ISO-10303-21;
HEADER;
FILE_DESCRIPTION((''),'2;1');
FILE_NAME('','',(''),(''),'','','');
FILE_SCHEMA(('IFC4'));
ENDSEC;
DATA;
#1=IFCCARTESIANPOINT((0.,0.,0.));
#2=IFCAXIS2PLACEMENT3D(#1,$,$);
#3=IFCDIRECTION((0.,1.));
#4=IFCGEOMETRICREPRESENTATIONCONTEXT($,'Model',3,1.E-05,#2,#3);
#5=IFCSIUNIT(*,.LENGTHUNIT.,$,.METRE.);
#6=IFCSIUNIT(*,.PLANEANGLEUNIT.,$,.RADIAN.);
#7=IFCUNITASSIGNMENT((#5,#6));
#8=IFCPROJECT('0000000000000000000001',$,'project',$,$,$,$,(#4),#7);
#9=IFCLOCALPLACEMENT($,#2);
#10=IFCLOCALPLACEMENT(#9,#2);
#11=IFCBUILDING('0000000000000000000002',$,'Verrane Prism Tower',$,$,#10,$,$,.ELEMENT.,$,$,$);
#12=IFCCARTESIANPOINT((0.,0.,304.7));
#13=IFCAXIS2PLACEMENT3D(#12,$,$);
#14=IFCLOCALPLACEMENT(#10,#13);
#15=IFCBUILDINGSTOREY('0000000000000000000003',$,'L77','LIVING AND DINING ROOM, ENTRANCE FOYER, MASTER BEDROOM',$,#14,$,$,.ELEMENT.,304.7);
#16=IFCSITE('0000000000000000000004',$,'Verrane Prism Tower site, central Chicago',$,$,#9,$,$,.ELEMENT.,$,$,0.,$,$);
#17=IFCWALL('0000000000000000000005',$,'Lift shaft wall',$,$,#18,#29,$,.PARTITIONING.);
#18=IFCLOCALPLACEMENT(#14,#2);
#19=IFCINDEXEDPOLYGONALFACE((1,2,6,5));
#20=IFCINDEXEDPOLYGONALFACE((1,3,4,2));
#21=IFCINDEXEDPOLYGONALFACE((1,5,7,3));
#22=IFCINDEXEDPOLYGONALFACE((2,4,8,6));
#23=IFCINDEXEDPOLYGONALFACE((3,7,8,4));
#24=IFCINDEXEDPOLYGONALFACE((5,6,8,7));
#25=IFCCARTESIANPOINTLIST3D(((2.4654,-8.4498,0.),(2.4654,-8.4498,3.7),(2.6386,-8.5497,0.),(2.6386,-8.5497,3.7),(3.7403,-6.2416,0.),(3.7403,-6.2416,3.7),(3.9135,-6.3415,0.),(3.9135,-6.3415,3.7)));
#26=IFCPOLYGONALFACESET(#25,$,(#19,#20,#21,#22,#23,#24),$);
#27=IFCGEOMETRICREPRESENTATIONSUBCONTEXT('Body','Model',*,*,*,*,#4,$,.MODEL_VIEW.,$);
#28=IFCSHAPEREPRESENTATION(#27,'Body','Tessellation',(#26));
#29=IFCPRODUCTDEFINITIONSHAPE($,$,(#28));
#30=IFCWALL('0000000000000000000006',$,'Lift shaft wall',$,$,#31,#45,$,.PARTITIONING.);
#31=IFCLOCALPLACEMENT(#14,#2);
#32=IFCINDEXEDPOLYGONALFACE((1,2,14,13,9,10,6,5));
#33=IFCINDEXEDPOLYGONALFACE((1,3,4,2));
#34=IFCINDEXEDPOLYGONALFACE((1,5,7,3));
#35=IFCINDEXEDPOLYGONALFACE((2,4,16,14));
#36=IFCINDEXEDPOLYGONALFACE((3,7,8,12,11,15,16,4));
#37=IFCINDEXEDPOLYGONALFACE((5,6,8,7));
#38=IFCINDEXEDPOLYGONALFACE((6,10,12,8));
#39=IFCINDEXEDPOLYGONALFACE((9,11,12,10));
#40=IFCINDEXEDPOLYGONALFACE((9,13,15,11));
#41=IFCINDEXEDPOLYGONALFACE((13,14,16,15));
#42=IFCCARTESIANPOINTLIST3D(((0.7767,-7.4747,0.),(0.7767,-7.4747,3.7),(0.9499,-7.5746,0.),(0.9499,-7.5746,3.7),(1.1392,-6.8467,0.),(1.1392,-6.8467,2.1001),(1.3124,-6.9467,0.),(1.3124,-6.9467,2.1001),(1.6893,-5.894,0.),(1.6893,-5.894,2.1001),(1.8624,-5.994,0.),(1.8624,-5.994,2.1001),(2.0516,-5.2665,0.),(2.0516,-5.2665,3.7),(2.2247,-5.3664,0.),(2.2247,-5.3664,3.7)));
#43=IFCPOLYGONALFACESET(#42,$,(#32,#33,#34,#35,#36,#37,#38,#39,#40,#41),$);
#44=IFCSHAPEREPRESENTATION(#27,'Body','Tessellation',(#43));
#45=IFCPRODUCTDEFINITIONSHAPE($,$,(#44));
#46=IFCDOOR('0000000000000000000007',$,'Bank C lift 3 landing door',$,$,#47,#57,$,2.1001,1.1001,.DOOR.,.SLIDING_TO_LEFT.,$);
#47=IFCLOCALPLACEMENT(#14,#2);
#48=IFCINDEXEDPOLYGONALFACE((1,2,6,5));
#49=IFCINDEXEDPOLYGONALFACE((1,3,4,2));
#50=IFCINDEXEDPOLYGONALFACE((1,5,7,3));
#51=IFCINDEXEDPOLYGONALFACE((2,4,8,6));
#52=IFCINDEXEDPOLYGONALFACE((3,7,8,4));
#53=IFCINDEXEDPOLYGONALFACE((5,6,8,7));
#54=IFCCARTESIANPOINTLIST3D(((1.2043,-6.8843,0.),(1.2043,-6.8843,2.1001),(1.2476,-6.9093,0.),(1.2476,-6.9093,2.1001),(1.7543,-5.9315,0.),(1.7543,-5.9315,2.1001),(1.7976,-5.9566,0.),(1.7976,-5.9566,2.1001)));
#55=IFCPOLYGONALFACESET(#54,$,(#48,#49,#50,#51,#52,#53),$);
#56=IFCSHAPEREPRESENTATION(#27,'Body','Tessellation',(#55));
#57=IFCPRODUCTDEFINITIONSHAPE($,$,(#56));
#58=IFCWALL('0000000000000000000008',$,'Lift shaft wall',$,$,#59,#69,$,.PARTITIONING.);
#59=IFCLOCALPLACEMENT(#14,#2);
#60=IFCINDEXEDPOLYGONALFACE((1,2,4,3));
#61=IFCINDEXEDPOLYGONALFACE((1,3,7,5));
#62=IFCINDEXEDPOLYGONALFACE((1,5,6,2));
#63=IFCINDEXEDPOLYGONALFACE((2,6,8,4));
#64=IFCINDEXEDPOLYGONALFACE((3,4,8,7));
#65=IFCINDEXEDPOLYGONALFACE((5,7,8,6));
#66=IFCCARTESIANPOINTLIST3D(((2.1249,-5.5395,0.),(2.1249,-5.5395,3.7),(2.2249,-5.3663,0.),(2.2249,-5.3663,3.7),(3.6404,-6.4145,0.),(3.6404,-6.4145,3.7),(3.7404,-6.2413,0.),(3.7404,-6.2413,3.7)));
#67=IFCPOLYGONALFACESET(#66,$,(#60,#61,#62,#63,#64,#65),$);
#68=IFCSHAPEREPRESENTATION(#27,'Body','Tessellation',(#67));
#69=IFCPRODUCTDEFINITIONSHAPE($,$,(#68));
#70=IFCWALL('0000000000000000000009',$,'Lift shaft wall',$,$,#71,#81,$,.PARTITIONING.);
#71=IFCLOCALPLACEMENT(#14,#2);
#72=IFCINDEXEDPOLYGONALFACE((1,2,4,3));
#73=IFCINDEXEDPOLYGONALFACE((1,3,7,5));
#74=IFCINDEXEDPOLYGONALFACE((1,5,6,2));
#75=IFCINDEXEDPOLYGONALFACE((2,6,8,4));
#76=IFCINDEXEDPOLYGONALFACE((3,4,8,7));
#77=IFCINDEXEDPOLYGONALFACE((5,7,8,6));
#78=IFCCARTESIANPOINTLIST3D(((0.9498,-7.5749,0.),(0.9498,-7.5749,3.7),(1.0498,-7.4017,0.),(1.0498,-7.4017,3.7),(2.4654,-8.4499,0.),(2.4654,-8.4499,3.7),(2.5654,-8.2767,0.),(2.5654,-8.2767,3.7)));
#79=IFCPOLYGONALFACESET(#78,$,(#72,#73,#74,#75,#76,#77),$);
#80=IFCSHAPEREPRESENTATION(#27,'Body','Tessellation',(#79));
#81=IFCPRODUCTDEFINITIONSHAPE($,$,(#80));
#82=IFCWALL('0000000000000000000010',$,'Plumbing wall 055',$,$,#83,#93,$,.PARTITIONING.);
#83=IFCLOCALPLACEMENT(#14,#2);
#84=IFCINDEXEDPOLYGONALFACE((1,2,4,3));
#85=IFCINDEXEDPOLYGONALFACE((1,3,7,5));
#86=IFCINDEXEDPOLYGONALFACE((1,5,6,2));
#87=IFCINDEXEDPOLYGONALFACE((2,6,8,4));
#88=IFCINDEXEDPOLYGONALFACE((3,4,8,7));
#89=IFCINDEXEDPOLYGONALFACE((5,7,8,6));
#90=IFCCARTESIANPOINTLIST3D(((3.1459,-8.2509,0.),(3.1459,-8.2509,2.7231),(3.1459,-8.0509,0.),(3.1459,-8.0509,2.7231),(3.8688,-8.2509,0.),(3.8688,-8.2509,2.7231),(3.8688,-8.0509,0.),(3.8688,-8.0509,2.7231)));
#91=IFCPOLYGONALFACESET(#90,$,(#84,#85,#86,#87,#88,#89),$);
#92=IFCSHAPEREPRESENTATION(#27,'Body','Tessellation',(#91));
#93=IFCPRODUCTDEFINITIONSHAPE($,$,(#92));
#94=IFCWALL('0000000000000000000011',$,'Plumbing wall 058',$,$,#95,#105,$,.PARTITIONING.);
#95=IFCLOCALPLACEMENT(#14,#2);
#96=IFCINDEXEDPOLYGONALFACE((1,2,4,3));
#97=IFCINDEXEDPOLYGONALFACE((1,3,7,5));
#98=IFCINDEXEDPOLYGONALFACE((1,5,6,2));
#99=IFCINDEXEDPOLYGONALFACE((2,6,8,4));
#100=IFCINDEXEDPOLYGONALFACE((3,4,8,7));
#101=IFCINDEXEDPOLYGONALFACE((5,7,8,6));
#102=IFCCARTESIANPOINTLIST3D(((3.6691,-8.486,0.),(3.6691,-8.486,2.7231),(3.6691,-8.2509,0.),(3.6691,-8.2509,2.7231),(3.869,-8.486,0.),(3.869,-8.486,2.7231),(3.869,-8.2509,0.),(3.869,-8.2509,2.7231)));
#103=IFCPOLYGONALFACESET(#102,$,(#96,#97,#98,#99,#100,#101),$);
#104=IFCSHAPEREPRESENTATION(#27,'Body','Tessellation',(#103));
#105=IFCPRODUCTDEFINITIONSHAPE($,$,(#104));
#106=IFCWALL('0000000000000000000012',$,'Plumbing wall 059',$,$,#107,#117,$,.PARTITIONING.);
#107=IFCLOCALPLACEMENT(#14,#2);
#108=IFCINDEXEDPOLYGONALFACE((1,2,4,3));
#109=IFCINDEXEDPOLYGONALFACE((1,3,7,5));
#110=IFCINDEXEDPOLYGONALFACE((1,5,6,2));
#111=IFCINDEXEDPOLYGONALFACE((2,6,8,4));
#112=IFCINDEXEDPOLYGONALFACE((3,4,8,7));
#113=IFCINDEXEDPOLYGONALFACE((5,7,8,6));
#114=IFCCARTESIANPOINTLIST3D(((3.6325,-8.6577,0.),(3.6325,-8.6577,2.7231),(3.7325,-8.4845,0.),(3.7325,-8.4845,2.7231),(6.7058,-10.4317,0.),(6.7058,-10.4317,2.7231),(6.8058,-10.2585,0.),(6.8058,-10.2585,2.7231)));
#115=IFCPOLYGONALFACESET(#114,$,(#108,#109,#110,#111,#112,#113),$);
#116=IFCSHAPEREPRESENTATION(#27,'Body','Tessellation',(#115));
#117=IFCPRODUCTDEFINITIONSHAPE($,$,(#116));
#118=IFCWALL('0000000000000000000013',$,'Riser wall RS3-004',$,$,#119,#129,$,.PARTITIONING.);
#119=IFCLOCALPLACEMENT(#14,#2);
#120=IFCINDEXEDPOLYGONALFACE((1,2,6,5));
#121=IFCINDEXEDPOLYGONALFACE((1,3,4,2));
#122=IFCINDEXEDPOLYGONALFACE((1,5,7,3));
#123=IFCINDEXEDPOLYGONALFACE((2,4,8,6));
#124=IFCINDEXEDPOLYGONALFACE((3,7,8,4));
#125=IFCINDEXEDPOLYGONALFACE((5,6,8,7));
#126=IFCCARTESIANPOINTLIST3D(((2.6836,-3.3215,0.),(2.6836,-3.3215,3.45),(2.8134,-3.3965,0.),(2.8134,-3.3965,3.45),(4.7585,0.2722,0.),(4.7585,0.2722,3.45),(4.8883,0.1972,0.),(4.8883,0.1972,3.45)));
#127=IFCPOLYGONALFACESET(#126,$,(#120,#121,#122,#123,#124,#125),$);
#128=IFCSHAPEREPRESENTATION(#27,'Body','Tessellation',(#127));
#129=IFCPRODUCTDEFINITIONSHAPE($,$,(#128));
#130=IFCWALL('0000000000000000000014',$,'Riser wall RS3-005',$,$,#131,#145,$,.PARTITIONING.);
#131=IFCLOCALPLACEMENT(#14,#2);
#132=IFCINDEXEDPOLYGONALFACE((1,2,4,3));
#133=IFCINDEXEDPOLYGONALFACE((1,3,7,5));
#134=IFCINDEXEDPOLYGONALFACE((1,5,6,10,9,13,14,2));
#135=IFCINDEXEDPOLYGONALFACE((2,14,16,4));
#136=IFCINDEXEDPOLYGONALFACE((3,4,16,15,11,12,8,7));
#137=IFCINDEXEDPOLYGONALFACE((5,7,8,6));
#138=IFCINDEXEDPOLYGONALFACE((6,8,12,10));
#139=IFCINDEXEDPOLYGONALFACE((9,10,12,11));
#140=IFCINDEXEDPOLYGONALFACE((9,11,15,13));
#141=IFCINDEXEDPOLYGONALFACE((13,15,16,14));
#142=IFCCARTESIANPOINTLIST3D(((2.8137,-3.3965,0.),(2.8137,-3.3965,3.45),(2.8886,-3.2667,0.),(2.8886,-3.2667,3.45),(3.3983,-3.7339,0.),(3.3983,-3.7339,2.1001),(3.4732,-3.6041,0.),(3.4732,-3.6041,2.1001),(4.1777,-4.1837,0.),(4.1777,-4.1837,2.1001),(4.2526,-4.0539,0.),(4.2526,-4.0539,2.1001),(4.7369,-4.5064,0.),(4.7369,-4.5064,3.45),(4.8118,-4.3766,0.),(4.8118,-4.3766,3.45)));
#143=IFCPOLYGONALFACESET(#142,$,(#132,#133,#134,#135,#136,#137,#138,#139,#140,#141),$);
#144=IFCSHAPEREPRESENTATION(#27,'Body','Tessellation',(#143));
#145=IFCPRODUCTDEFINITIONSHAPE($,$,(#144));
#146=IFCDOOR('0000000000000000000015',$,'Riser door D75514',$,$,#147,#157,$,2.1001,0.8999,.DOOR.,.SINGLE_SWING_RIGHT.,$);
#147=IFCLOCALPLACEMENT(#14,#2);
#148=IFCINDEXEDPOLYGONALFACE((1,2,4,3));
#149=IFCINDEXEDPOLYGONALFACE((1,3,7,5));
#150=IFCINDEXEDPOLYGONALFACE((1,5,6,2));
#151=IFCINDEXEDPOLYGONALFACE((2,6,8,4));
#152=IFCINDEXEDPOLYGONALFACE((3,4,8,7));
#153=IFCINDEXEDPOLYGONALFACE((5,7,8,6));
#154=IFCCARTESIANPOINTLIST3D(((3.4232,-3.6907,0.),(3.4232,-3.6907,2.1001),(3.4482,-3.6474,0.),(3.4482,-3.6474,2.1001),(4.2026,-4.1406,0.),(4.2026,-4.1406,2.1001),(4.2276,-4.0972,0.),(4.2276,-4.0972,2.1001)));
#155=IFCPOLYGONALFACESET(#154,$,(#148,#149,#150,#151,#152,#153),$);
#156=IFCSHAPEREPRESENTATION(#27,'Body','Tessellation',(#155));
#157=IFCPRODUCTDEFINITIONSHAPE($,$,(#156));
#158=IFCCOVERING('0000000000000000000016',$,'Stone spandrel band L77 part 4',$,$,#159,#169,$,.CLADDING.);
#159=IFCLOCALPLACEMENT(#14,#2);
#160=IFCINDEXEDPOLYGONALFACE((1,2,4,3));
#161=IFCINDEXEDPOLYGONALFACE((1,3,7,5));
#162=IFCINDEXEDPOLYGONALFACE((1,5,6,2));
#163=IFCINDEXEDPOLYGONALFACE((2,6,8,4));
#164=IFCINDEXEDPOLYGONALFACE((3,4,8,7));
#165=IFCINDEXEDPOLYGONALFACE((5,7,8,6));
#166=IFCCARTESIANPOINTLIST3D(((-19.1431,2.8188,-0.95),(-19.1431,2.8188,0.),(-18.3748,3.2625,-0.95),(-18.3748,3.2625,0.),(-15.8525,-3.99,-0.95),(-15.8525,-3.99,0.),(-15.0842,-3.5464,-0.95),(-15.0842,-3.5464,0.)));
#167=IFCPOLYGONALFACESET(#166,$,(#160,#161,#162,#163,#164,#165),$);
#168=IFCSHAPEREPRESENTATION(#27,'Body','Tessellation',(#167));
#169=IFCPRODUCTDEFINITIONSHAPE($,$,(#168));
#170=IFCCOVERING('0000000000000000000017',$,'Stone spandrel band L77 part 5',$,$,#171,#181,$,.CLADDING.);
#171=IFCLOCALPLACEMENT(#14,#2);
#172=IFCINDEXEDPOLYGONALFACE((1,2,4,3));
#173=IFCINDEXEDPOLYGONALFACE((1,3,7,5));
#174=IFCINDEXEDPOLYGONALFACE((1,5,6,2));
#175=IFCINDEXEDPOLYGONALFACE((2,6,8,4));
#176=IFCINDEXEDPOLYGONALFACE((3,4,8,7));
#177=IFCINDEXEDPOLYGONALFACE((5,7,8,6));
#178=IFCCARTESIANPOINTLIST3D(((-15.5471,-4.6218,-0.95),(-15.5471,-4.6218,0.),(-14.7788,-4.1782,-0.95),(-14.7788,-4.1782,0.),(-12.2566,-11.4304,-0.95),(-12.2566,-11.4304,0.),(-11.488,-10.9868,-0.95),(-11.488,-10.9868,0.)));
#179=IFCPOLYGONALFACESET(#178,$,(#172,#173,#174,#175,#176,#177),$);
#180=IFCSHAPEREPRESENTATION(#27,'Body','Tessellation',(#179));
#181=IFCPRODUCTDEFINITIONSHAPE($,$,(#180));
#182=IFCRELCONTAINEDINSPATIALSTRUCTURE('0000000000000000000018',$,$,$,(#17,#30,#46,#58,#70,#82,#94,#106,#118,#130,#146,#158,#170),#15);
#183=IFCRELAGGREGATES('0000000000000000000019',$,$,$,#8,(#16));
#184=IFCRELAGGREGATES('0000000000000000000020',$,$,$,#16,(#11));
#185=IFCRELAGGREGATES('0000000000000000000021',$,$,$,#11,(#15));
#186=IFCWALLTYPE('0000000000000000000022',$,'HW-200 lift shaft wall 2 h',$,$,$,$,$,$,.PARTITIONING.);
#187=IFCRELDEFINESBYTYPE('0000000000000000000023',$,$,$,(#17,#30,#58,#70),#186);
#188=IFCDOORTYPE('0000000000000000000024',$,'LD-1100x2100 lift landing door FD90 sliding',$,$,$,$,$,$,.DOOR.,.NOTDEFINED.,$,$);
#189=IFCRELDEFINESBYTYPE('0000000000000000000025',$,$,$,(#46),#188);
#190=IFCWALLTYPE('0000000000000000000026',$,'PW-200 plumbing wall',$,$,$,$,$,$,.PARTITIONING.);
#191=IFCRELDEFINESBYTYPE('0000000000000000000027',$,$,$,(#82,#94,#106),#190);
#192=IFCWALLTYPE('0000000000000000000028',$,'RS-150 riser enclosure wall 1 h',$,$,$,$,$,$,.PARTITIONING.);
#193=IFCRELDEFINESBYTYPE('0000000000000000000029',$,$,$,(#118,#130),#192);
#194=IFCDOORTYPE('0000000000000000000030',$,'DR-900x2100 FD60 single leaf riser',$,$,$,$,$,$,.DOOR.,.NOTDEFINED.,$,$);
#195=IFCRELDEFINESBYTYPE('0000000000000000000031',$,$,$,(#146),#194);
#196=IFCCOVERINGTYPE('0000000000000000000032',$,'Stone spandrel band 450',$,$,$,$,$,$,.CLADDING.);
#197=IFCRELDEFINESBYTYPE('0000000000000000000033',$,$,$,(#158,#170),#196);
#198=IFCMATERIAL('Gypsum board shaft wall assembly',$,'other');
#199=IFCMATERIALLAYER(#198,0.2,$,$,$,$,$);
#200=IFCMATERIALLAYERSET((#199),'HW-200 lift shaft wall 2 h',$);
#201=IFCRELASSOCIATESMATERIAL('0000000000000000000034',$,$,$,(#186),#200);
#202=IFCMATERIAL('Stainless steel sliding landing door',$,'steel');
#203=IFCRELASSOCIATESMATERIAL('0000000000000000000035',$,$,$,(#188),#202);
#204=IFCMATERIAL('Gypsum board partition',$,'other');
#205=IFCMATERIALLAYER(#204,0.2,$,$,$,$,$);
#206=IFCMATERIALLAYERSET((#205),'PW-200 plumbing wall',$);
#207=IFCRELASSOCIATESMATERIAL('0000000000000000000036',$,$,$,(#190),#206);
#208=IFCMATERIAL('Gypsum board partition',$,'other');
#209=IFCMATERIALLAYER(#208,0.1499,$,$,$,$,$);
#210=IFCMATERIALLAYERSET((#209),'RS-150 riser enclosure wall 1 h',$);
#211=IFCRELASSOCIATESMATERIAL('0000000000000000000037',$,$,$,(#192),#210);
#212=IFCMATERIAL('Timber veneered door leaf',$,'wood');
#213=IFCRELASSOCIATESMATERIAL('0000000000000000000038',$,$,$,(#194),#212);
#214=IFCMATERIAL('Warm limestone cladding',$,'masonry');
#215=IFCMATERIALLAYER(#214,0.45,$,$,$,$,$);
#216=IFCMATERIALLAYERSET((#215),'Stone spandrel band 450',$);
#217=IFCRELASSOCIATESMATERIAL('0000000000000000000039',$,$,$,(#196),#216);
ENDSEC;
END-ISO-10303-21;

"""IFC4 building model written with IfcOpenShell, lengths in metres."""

from ifc_helpers import new_model, si_unit, direction, frame, frame_2d, origin, place, context, subcontext, project, spatial, polyline, rectangle, outline, extrude, material, layer, layer_set, type_object, element, fill, save


model = new_model("IFC4")

# Units and contexts
model_context = context("Model", 3, precision=1e-05, world=origin(), true_north=direction((0.0, 1.0)))
body_context = subcontext(model_context, "Body", "Model", "MODEL_VIEW")
ifc_project = project(units=[si_unit("LENGTHUNIT", "METRE"), si_unit("PLANEANGLEUNIT", "RADIAN")], contexts=[model_context])

# Site, building, storey
site_placement = place(None, origin())
site = spatial("IfcSite", under=ifc_project, at=site_placement, Name="Verrane Prism Tower site, central Chicago", CompositionType="ELEMENT", RefElevation=0.0)
building_placement = place(site_placement, origin())
building = spatial("IfcBuilding", under=site, at=building_placement, Name="Verrane Prism Tower", CompositionType="ELEMENT")
storey_placement = place(building_placement, frame((0.0, 0.0, 304.7)))
storey = spatial("IfcBuildingStorey", under=building, at=storey_placement, Name="L77", Description="LIVING AND DINING ROOM, ENTRANCE FOYER, MASTER BEDROOM", CompositionType="ELEMENT", Elevation=304.7)

# Wall
ifc_material_1 = material(Name="Gypsum board shaft wall assembly", Category="other")
ifc_layer_1 = layer(ifc_material_1, 0.2)
ifc_layer_set_1 = layer_set([ifc_layer_1], Name="HW-200 lift shaft wall 2 h")
wall_type_1 = type_object("IfcWallType", Name="HW-200 lift shaft wall 2 h", PredefinedType="PARTITIONING", material=ifc_layer_set_1)
wall_1_placement = place(storey_placement, frame((2.552, -8.4998, 0.0), z_axis=(0.0, 0.0, 1.0), x_axis=(0.49999, 0.866031, 0.0)))
element("IfcWall", 1, at=wall_1_placement, inside=storey, type_object=wall_type_1, Name="Lift shaft wall", PredefinedType="PARTITIONING", context=body_context, shape_type="SweptSolid", body=[
    extrude(rectangle(XDim=2.5498, YDim=0.2, at=frame_2d((1.2749, 0.0))), origin(), (0.0, 0.0, 1.0), 3.7),
])

# Wall, opening, door
wall_2_placement = place(storey_placement, frame((0.8633, -7.5247, 0.0), z_axis=(0.0, 0.0, 1.0), x_axis=(0.49999, 0.866031, 0.0)))
wall_2 = element("IfcWall", 2, at=wall_2_placement, inside=storey, type_object=wall_type_1, Name="Lift shaft wall", PredefinedType="PARTITIONING", context=body_context, shape_type="SweptSolid", body=[
    extrude(rectangle(XDim=2.5498, YDim=0.2, at=frame_2d((1.2749, 0.0))), origin(), (0.0, 0.0, 1.0), 3.7),
])
opening_1_placement = place(wall_2_placement, frame((0.7251, 0.0, 0.0)))
opening_1 = element("IfcOpeningElement", 3, at=opening_1_placement, cuts=wall_2, PredefinedType="OPENING", context=body_context, shape_type="SweptSolid", body=[
    extrude(rectangle(XDim=1.1001, YDim=2.1001, at=frame_2d((0.55, 1.05))), frame((0.0, 0.1099, 0.0), z_axis=(0.0, -1.0, 0.0), x_axis=(1.0, 0.0, 0.0)), (0.0, 0.0, 1.0), 0.22),
])
ifc_material_2 = material(Name="Stainless steel sliding landing door", Category="steel")
door_type_1 = type_object("IfcDoorType", Name="LD-1100x2100 lift landing door FD90 sliding", OperationType="NOTDEFINED", PredefinedType="DOOR", material=ifc_material_2)
door_1_placement = place(opening_1_placement, origin())
door_1 = element("IfcDoor", 4, at=door_1_placement, inside=storey, type_object=door_type_1, Name="Bank C lift 3 landing door", OperationType="SLIDING_TO_LEFT", OverallHeight=2.1001, OverallWidth=1.1001, PredefinedType="DOOR", context=body_context, shape_type="SweptSolid", body=[
    extrude(rectangle(XDim=1.1001, YDim=2.1001, at=frame_2d((0.55, 1.05))), frame((0.0, 0.0249, 0.0), z_axis=(0.0, -1.0, 0.0), x_axis=(1.0, 0.0, 0.0)), (0.0, 0.0, 1.0), 0.05),
])
fill(opening_1, door_1)

# Walls
for number, where, z_axis, x_axis, name in (
    (5, (3.6904, -6.3279, 0.0), (0.0, 0.0, 1.0), (-0.866037, 0.49998, 0.0), "Lift shaft wall"),
    (6, (2.5154, -8.3633, 0.0), (0.0, 0.0, 1.0), (-0.866037, 0.49998, 0.0), "Lift shaft wall"),
):
    element("IfcWall", number, at=place(storey_placement, frame(where, z_axis=z_axis, x_axis=x_axis)), inside=storey, type_object=wall_type_1, Name=name, PredefinedType="PARTITIONING", context=body_context, shape_type="SweptSolid", body=[
        extrude(rectangle(XDim=1.75, YDim=0.2, at=frame_2d((0.875, 0.0))), origin(), (0.0, 0.0, 1.0), 3.7),
    ])
ifc_material_3 = material(Name="Gypsum board partition", Category="other")
ifc_layer_2 = layer(ifc_material_3, 0.2)
ifc_layer_set_2 = layer_set([ifc_layer_2], Name="PW-200 plumbing wall")
wall_type_2 = type_object("IfcWallType", Name="PW-200 plumbing wall", PredefinedType="PARTITIONING", material=ifc_layer_set_2)
wall_3_placement = place(storey_placement, frame((3.146, -8.1509, 0.0), z_axis=(0.0, 0.0, 1.0), x_axis=(1.0, 0.0, 0.0)))
element("IfcWall", 7, at=wall_3_placement, inside=storey, type_object=wall_type_2, Name="Plumbing wall 055", PredefinedType="PARTITIONING", context=body_context, shape_type="SweptSolid", body=[
    extrude(rectangle(XDim=0.7229, YDim=0.2, at=frame_2d((0.3613, 0.0))), origin(), (0.0, 0.0, 1.0), 2.7231),
])
wall_4_placement = place(storey_placement, frame((3.769, -8.4861, 0.0), z_axis=(0.0, 0.0, 1.0), x_axis=(0.0, 1.0, 0.0)))
element("IfcWall", 8, at=wall_4_placement, inside=storey, type_object=wall_type_2, Name="Plumbing wall 058", PredefinedType="PARTITIONING", context=body_context, shape_type="SweptSolid", body=[
    extrude(rectangle(XDim=0.2351, YDim=0.2, at=frame_2d((0.1177, 0.0))), origin(), (0.0, 0.0, 1.0), 2.7231),
])
wall_5_placement = place(storey_placement, frame((3.6824, -8.571, 0.0), z_axis=(0.0, 0.0, 1.0), x_axis=(0.866076, -0.499913, 0.0)))
element("IfcWall", 9, at=wall_5_placement, inside=storey, type_object=wall_type_2, Name="Plumbing wall 059", PredefinedType="PARTITIONING", context=body_context, shape_type="SweptSolid", body=[
    extrude(rectangle(XDim=3.5486, YDim=0.2, at=frame_2d((1.7744, 0.0))), origin(), (0.0, 0.0, 1.0), 2.7231),
])
ifc_material_4 = material(Name="Gypsum board partition", Category="other")
ifc_layer_3 = layer(ifc_material_4, 0.1499)
ifc_layer_set_3 = layer_set([ifc_layer_3], Name="RS-150 riser enclosure wall 1 h")
wall_type_3 = type_object("IfcWallType", Name="RS-150 riser enclosure wall 1 h", PredefinedType="PARTITIONING", material=ifc_layer_set_3)
wall_6_placement = place(storey_placement, frame((2.7485, -3.3589, 0.0), z_axis=(0.0, 0.0, 1.0), x_axis=(0.500018, 0.866015, 0.0)))
element("IfcWall", 10, at=wall_6_placement, inside=storey, type_object=wall_type_3, Name="Riser wall RS3-004", PredefinedType="PARTITIONING", context=body_context, shape_type="SweptSolid", body=[
    extrude(rectangle(XDim=4.1497, YDim=0.1499, at=frame_2d((2.0747, 0.0))), origin(), (0.0, 0.0, 1.0), 3.45),
])

# Wall, opening, door
wall_7_placement = place(storey_placement, frame((2.8511, -3.3315, 0.0), z_axis=(0.0, 0.0, 1.0), x_axis=(0.866111, -0.499853, 0.0)))
wall_7 = element("IfcWall", 11, at=wall_7_placement, inside=storey, type_object=wall_type_3, Name="Riser wall RS3-005", PredefinedType="PARTITIONING", context=body_context, shape_type="SweptSolid", body=[
    extrude(rectangle(XDim=2.2205, YDim=0.1499, at=frame_2d((1.1104, 0.0))), origin(), (0.0, 0.0, 1.0), 3.45),
])
opening_2_placement = place(wall_7_placement, frame((0.675, 0.0, 0.0)))
opening_2 = element("IfcOpeningElement", 12, at=opening_2_placement, cuts=wall_7, PredefinedType="OPENING", context=body_context, shape_type="SweptSolid", body=[
    extrude(rectangle(XDim=0.8999, YDim=2.1001, at=frame_2d((0.45, 1.05))), frame((0.0, 0.085, 0.0), z_axis=(0.0, -1.0, 0.0), x_axis=(1.0, 0.0, 0.0)), (0.0, 0.0, 1.0), 0.1699),
])
ifc_material_5 = material(Name="Timber veneered door leaf", Category="wood")
door_type_2 = type_object("IfcDoorType", Name="DR-900x2100 FD60 single leaf riser", OperationType="NOTDEFINED", PredefinedType="DOOR", material=ifc_material_5)
door_2_placement = place(opening_2_placement, origin())
door_2 = element("IfcDoor", 13, at=door_2_placement, inside=storey, type_object=door_type_2, Name="Riser door D75514", OperationType="SINGLE_SWING_RIGHT", OverallHeight=2.1001, OverallWidth=0.8999, PredefinedType="DOOR", context=body_context, shape_type="SweptSolid", body=[
    extrude(rectangle(XDim=0.8999, YDim=2.1001, at=frame_2d((0.45, 1.05))), frame((0.0, 0.0249, 0.0), z_axis=(0.0, -1.0, 0.0), x_axis=(1.0, 0.0, 0.0)), (0.0, 0.0, 1.0), 0.05),
])
fill(opening_2, door_2)

# Coverings
ifc_material_6 = material(Name="Warm limestone cladding", Category="masonry")
ifc_layer_4 = layer(ifc_material_6, 0.45)
ifc_layer_set_4 = layer_set([ifc_layer_4], Name="Stone spandrel band 450")
covering_type = type_object("IfcCoveringType", Name="Stone spandrel band 450", PredefinedType="CLADDING", material=ifc_layer_set_4)
covering_1_placement = place(storey_placement, frame((0.0, 0.0, -0.95)))
element("IfcCovering", 14, at=covering_1_placement, inside=storey, type_object=covering_type, Name="Stone spandrel band L77 part 4", PredefinedType="CLADDING", context=body_context, shape_type="SweptSolid", body=[
    extrude(outline(polyline([(-15.8525, -3.99), (-15.0842, -3.5464), (-18.3748, 3.2625), (-19.1431, 2.8188), (-15.8525, -3.99)])), origin(), (0.0, 0.0, 1.0), 0.95),
])
covering_2_placement = place(storey_placement, frame((0.0, 0.0, -0.95)))
element("IfcCovering", 15, at=covering_2_placement, inside=storey, type_object=covering_type, Name="Stone spandrel band L77 part 5", PredefinedType="CLADDING", context=body_context, shape_type="SweptSolid", body=[
    extrude(outline(polyline([(-11.488, -10.9868), (-14.7788, -4.1782), (-15.5471, -4.6218), (-12.2566, -11.4304), (-11.488, -10.9868)])), origin(), (0.0, 0.0, 1.0), 0.95),
])

save(model, "model.ifc")
